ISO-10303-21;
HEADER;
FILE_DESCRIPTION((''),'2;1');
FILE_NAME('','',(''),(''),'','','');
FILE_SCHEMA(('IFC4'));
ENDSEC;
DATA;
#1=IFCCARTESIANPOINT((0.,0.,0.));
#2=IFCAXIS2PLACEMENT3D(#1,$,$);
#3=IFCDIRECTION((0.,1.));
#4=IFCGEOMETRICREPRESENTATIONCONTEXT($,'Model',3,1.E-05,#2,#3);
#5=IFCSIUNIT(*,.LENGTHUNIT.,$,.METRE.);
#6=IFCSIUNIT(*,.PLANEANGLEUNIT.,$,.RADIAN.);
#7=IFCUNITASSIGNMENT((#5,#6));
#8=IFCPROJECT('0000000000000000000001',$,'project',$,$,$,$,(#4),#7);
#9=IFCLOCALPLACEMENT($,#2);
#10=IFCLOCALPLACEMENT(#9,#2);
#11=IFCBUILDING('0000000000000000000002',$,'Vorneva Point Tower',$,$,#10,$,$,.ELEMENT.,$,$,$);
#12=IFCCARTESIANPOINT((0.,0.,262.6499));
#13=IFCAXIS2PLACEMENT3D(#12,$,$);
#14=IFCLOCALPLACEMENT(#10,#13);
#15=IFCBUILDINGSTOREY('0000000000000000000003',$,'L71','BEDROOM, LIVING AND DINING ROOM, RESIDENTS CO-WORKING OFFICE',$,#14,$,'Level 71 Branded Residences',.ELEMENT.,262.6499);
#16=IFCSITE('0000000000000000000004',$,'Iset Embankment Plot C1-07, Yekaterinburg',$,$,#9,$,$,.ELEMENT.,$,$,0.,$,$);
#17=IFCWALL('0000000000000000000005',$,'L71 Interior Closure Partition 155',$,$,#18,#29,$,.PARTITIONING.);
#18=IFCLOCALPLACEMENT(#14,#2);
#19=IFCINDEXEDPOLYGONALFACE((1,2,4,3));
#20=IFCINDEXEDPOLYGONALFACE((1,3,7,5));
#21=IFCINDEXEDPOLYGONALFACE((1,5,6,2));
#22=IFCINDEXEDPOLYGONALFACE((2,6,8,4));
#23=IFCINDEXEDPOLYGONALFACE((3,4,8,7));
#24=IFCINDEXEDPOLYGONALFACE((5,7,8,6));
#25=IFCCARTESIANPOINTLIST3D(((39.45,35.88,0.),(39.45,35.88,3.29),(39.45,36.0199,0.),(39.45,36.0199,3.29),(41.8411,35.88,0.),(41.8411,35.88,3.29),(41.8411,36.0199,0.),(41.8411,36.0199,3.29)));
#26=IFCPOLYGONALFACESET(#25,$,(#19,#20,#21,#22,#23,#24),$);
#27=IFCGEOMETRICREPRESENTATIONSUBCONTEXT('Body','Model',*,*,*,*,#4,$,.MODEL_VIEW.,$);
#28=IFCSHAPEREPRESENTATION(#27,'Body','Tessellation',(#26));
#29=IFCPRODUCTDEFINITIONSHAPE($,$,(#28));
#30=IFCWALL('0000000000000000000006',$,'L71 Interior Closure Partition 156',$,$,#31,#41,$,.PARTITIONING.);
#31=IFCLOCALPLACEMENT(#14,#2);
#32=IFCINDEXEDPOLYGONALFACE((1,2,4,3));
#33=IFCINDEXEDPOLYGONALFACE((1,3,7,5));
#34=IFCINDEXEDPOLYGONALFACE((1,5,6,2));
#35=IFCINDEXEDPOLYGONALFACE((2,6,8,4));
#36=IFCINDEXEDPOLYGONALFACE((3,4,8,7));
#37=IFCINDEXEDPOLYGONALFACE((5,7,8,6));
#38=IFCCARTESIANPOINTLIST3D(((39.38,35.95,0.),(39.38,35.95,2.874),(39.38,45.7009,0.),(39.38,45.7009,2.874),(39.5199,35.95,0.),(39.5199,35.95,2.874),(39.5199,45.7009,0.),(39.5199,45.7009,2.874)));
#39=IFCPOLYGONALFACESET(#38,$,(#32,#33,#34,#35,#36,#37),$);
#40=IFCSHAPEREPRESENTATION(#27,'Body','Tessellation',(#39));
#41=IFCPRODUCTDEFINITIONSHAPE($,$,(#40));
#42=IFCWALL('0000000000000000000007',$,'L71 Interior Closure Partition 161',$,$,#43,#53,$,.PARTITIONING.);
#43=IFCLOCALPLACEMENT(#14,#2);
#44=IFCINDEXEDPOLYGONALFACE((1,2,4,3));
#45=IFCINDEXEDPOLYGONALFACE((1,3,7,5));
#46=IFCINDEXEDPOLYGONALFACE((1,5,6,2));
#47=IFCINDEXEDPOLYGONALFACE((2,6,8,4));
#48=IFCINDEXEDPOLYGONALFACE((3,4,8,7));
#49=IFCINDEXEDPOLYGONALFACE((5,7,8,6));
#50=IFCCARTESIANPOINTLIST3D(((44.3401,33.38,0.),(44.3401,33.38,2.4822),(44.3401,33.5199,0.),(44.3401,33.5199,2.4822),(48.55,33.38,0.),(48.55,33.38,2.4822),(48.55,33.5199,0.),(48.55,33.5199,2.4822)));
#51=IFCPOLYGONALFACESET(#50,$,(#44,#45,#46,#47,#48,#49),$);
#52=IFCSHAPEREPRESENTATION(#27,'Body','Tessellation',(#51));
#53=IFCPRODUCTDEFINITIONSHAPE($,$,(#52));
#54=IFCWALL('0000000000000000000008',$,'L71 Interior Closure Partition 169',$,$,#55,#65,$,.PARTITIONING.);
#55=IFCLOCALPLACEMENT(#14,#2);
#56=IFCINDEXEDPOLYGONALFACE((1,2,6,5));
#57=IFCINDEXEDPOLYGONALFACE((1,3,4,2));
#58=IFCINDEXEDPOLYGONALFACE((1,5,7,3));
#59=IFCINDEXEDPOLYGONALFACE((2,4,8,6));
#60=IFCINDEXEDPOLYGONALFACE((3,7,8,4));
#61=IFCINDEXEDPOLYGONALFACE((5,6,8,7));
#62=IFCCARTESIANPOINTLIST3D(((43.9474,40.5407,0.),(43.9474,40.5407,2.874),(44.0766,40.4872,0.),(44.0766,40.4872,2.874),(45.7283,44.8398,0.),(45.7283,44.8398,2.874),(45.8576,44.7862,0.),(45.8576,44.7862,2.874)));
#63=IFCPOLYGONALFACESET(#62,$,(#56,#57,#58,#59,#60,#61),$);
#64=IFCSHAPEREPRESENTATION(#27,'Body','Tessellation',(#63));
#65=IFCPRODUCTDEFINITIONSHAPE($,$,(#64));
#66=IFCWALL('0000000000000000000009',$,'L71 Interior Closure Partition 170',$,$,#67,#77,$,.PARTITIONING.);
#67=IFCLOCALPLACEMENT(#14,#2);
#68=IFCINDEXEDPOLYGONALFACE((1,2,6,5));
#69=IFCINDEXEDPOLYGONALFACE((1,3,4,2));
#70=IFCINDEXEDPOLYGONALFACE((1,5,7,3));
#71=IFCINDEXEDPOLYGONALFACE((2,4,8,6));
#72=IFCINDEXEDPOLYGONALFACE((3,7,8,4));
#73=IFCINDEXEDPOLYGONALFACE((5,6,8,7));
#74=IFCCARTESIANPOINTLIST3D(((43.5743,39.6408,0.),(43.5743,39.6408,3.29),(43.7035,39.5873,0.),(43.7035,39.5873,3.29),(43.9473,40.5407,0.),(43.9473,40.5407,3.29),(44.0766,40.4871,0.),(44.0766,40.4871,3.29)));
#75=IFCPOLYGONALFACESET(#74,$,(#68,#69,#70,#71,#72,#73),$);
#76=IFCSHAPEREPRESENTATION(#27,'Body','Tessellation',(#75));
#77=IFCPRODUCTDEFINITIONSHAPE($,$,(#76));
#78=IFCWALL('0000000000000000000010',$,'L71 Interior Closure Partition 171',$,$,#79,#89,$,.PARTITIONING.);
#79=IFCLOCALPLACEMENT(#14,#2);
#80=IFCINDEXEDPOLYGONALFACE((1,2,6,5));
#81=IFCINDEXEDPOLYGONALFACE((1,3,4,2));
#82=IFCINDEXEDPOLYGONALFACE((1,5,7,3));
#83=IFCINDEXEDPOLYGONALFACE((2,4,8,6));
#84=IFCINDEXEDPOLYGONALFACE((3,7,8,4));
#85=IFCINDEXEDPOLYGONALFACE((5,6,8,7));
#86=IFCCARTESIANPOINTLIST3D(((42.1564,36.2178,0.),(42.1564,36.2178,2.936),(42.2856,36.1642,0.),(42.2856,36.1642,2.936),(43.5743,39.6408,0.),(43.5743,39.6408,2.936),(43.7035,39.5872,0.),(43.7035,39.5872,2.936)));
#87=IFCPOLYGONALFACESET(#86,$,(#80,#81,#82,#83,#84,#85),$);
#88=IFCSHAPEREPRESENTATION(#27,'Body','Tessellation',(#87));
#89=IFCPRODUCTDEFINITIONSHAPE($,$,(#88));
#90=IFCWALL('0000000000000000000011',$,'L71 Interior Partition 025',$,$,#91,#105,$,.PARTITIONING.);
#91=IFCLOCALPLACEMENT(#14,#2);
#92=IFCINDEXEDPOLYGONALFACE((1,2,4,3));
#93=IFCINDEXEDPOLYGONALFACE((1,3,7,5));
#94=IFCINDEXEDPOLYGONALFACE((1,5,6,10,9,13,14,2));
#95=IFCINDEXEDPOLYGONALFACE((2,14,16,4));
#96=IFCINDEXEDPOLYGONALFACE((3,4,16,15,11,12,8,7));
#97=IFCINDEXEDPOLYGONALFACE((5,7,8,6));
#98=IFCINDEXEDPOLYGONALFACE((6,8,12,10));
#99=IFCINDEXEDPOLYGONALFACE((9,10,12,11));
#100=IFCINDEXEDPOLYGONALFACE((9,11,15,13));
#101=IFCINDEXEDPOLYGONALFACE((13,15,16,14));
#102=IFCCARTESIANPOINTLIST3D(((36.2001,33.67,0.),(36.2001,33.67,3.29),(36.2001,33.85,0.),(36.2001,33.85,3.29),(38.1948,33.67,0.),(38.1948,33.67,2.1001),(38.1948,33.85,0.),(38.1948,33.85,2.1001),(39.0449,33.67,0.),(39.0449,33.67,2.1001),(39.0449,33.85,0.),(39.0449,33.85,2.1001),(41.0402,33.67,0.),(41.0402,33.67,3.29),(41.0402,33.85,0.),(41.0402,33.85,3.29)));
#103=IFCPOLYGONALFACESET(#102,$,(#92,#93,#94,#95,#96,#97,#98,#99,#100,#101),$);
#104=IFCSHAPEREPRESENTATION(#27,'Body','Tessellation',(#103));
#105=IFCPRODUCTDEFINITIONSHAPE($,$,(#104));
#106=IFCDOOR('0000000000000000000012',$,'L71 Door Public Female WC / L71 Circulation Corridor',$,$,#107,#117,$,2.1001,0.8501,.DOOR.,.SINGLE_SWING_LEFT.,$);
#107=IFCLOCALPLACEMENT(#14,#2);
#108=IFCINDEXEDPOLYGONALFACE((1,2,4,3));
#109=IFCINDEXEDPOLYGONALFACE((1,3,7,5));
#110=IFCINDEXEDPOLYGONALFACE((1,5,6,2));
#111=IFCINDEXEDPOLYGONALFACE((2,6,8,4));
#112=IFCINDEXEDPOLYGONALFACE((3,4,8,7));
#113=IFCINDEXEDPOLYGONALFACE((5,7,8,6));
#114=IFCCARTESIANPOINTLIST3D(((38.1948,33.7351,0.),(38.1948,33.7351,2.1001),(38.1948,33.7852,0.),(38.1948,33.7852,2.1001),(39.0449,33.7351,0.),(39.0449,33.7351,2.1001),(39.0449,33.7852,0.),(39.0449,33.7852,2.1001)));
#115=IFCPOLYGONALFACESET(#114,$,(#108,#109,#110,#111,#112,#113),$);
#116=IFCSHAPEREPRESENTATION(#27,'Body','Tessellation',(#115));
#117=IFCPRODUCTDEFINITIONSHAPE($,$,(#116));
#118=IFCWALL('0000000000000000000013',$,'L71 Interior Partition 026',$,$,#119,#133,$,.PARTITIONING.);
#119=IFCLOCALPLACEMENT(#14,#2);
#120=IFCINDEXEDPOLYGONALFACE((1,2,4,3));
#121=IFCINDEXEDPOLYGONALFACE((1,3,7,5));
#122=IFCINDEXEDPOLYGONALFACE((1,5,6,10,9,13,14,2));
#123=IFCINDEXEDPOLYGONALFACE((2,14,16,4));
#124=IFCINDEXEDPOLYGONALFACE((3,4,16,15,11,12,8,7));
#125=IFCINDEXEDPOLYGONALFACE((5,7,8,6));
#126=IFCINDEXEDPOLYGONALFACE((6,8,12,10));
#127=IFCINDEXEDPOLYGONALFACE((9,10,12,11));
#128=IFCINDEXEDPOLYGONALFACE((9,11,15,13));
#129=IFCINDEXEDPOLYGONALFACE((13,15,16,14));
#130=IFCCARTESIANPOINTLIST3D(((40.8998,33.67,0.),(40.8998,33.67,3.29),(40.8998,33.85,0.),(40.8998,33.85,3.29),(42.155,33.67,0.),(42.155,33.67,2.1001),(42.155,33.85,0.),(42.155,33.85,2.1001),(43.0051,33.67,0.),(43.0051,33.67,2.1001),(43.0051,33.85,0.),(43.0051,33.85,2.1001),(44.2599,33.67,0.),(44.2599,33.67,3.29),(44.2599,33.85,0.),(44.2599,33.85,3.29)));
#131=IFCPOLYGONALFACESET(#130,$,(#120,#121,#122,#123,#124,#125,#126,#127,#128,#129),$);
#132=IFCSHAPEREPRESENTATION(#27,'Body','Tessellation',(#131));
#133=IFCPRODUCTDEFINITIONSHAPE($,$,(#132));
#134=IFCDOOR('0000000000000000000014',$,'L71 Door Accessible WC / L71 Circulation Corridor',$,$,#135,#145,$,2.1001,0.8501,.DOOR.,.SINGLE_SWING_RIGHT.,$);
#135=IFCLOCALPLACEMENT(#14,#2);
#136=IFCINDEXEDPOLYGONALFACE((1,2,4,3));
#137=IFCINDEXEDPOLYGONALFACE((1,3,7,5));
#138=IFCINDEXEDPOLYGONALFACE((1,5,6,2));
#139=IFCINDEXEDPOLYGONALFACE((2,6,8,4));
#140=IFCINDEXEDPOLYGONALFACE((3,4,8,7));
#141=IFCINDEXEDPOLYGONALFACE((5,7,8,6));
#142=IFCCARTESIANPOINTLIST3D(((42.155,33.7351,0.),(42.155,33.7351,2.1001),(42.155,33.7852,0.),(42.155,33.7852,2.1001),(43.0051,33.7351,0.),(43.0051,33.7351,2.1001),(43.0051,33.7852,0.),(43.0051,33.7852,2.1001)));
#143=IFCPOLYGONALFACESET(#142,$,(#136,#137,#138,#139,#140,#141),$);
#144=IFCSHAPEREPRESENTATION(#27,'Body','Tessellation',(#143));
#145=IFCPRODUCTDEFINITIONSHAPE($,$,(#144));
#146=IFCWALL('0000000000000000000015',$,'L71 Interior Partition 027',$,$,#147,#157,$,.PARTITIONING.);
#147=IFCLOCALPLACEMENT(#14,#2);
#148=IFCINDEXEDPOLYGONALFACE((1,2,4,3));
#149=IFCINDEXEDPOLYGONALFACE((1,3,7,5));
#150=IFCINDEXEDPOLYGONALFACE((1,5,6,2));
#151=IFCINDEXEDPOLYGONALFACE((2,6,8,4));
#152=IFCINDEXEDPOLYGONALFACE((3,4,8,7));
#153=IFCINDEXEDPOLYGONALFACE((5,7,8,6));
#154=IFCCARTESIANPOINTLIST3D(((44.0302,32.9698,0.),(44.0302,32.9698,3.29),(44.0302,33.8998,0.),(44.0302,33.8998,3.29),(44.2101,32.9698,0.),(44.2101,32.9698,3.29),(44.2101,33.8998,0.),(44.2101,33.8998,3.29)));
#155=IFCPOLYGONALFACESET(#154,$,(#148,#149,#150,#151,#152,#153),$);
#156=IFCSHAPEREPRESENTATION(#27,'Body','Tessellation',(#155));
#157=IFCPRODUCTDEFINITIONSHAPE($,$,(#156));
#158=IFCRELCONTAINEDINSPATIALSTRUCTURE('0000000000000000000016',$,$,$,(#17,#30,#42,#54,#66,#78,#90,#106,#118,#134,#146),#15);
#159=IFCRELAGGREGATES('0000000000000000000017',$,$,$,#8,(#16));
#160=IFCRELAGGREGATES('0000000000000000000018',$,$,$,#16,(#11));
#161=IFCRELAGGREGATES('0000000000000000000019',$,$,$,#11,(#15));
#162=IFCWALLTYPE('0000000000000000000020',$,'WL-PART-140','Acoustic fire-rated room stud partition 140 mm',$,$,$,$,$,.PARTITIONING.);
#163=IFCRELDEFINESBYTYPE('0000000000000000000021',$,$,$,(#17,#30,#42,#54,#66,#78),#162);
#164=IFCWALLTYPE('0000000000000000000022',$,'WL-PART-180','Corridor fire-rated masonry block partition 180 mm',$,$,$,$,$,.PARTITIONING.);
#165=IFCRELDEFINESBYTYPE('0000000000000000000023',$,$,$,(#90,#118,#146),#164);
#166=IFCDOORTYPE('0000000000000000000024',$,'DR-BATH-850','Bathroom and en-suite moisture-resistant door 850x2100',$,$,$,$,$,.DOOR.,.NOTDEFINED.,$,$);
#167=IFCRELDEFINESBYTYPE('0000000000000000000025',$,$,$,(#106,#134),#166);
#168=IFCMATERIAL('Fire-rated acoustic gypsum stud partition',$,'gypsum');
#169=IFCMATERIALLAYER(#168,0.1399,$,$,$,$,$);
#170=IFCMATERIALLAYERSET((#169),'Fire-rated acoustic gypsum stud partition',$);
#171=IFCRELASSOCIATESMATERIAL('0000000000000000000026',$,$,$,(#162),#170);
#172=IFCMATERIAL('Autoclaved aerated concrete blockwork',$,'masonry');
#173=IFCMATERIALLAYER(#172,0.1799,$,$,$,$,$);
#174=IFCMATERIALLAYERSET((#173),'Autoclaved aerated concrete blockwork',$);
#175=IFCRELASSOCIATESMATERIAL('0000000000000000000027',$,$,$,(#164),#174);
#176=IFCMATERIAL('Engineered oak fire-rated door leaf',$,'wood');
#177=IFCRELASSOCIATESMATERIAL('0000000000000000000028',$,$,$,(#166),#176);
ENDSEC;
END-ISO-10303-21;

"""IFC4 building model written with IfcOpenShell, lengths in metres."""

from ifc_helpers import new_model, si_unit, direction, frame, frame_2d, origin, place, context, subcontext, project, spatial, rectangle, extrude, material, layer, layer_set, type_object, element, fill, save


model = new_model("IFC4")

# Units and contexts
model_context = context("Model", 3, precision=1e-05, world=origin(), true_north=direction((0.0, 1.0)))
body_context = subcontext(model_context, "Body", "Model", "MODEL_VIEW")
ifc_project = project(units=[si_unit("LENGTHUNIT", "METRE"), si_unit("PLANEANGLEUNIT", "RADIAN")], contexts=[model_context])

# Site, building, storey
site_placement = place(None, origin())
site = spatial("IfcSite", under=ifc_project, at=site_placement, Name="Iset Embankment Plot C1-07, Yekaterinburg", CompositionType="ELEMENT", RefElevation=0.0)
building_placement = place(site_placement, origin())
building = spatial("IfcBuilding", under=site, at=building_placement, Name="Vorneva Point Tower", CompositionType="ELEMENT")
storey_placement = place(building_placement, frame((0.0, 0.0, 262.6499)))
storey = spatial("IfcBuildingStorey", under=building, at=storey_placement, Name="L71", Description="BEDROOM, LIVING AND DINING ROOM, RESIDENTS CO-WORKING OFFICE", LongName="Level 71 Branded Residences", CompositionType="ELEMENT", Elevation=262.6499)

# Walls
ifc_material_1 = material(Name="Fire-rated acoustic gypsum stud partition", Category="gypsum")
ifc_layer_1 = layer(ifc_material_1, 0.1399)
ifc_layer_set_1 = layer_set([ifc_layer_1], Name="Fire-rated acoustic gypsum stud partition")
wall_type_1 = type_object("IfcWallType", Name="WL-PART-140", Description="Acoustic fire-rated room stud partition 140 mm", PredefinedType="PARTITIONING", material=ifc_layer_set_1)
wall_1_placement = place(storey_placement, frame((41.8411, 35.95, 0.0), z_axis=(0.0, 0.0, 1.0), x_axis=(-1.0, 0.0, 0.0)))
element("IfcWall", 1, at=wall_1_placement, inside=storey, type_object=wall_type_1, Name="L71 Interior Closure Partition 155", PredefinedType="PARTITIONING", context=body_context, shape_type="SweptSolid", body=[
    extrude(rectangle(XDim=2.3911, YDim=0.1399, at=frame_2d((1.1956, 0.0))), origin(), (0.0, 0.0, 1.0), 3.29),
])
wall_2_placement = place(storey_placement, frame((39.45, 35.95, 0.0), z_axis=(0.0, 0.0, 1.0), x_axis=(0.0, 1.0, 0.0)))
element("IfcWall", 2, at=wall_2_placement, inside=storey, type_object=wall_type_1, Name="L71 Interior Closure Partition 156", PredefinedType="PARTITIONING", context=body_context, shape_type="SweptSolid", body=[
    extrude(rectangle(XDim=9.751, YDim=0.1399, at=frame_2d((4.8755, 0.0))), origin(), (0.0, 0.0, 1.0), 2.874),
])
wall_3_placement = place(storey_placement, frame((48.55, 33.45, 0.0), z_axis=(0.0, 0.0, 1.0), x_axis=(-1.0, 0.0, 0.0)))
element("IfcWall", 3, at=wall_3_placement, inside=storey, type_object=wall_type_1, Name="L71 Interior Closure Partition 161", PredefinedType="PARTITIONING", context=body_context, shape_type="SweptSolid", body=[
    extrude(rectangle(XDim=4.21, YDim=0.1399, at=frame_2d((2.105, 0.0))), origin(), (0.0, 0.0, 1.0), 2.4822),
])
wall_4_placement = place(storey_placement, frame((45.793, 44.813, 0.0), z_axis=(0.0, 0.0, 1.0), x_axis=(-0.382733, -0.923859, 0.0)))
element("IfcWall", 4, at=wall_4_placement, inside=storey, type_object=wall_type_1, Name="L71 Interior Closure Partition 169", PredefinedType="PARTITIONING", context=body_context, shape_type="SweptSolid", body=[
    extrude(rectangle(XDim=4.6533, YDim=0.1399, at=frame_2d((2.3267, 0.0))), origin(), (0.0, 0.0, 1.0), 2.874),
])
wall_5_placement = place(storey_placement, frame((44.012, 40.5139, 0.0), z_axis=(0.0, 0.0, 1.0), x_axis=(-0.382942, -0.923772, 0.0)))
element("IfcWall", 5, at=wall_5_placement, inside=storey, type_object=wall_type_1, Name="L71 Interior Closure Partition 170", PredefinedType="PARTITIONING", context=body_context, shape_type="SweptSolid", body=[
    extrude(rectangle(XDim=0.9741, YDim=0.1399, at=frame_2d((0.4871, 0.0))), origin(), (0.0, 0.0, 1.0), 3.29),
])
wall_6_placement = place(storey_placement, frame((43.6389, 39.614, 0.0), z_axis=(0.0, 0.0, 1.0), x_axis=(-0.382701, -0.923872, 0.0)))
element("IfcWall", 6, at=wall_6_placement, inside=storey, type_object=wall_type_1, Name="L71 Interior Closure Partition 171", PredefinedType="PARTITIONING", context=body_context, shape_type="SweptSolid", body=[
    extrude(rectangle(XDim=3.7051, YDim=0.1399, at=frame_2d((1.8525, 0.0))), origin(), (0.0, 0.0, 1.0), 2.936),
])

# Walls, openings, doors
ifc_material_2 = material(Name="Autoclaved aerated concrete blockwork", Category="masonry")
ifc_layer_2 = layer(ifc_material_2, 0.1799)
ifc_layer_set_2 = layer_set([ifc_layer_2], Name="Autoclaved aerated concrete blockwork")
wall_type_2 = type_object("IfcWallType", Name="WL-PART-180", Description="Corridor fire-rated masonry block partition 180 mm", PredefinedType="PARTITIONING", material=ifc_layer_set_2)
wall_7_placement = place(storey_placement, frame((41.04, 33.76, 0.0), z_axis=(0.0, 0.0, 1.0), x_axis=(-1.0, 0.0, 0.0)))
wall_7 = element("IfcWall", 7, at=wall_7_placement, inside=storey, type_object=wall_type_2, Name="L71 Interior Partition 025", PredefinedType="PARTITIONING", context=body_context, shape_type="SweptSolid", body=[
    extrude(rectangle(XDim=4.8401, YDim=0.1799, at=frame_2d((2.4199, 0.0))), origin(), (0.0, 0.0, 1.0), 3.29),
])
opening_1_placement = place(wall_7_placement, frame((1.9951, 0.0, 0.0)))
opening_1 = element("IfcOpeningElement", 8, at=opening_1_placement, cuts=wall_7, PredefinedType="OPENING", context=body_context, shape_type="SweptSolid", body=[
    extrude(rectangle(XDim=0.8501, YDim=2.1001, at=frame_2d((0.425, 1.05))), frame((0.0, 0.105, 0.0), z_axis=(0.0, -1.0, 0.0), x_axis=(1.0, 0.0, 0.0)), (0.0, 0.0, 1.0), 0.2097),
])
ifc_material_3 = material(Name="Engineered oak fire-rated door leaf", Category="wood")
door_type = type_object("IfcDoorType", Name="DR-BATH-850", Description="Bathroom and en-suite moisture-resistant door 850x2100", OperationType="NOTDEFINED", PredefinedType="DOOR", material=ifc_material_3)
door_1_placement = place(opening_1_placement, origin())
door_1 = element("IfcDoor", 9, at=door_1_placement, inside=storey, type_object=door_type, Name="L71 Door Public Female WC / L71 Circulation Corridor", OperationType="SINGLE_SWING_LEFT", OverallHeight=2.1001, OverallWidth=0.8501, PredefinedType="DOOR", context=body_context, shape_type="SweptSolid", body=[
    extrude(rectangle(XDim=0.8501, YDim=2.1001, at=frame_2d((0.425, 1.05))), frame((0.0, 0.0249, 0.0), z_axis=(0.0, -1.0, 0.0), x_axis=(1.0, 0.0, 0.0)), (0.0, 0.0, 1.0), 0.05),
])
fill(opening_1, door_1)
wall_8_placement = place(storey_placement, frame((44.26, 33.76, 0.0), z_axis=(0.0, 0.0, 1.0), x_axis=(-1.0, 0.0, 0.0)))
wall_8 = element("IfcWall", 10, at=wall_8_placement, inside=storey, type_object=wall_type_2, Name="L71 Interior Partition 026", PredefinedType="PARTITIONING", context=body_context, shape_type="SweptSolid", body=[
    extrude(rectangle(XDim=3.3601, YDim=0.1799, at=frame_2d((1.6802, 0.0))), origin(), (0.0, 0.0, 1.0), 3.29),
])
opening_2_placement = place(wall_8_placement, frame((1.2549, 0.0, 0.0)))
opening_2 = element("IfcOpeningElement", 11, at=opening_2_placement, cuts=wall_8, PredefinedType="OPENING", context=body_context, shape_type="SweptSolid", body=[
    extrude(rectangle(XDim=0.8501, YDim=2.1001, at=frame_2d((0.425, 1.05))), frame((0.0, 0.105, 0.0), z_axis=(0.0, -1.0, 0.0), x_axis=(1.0, 0.0, 0.0)), (0.0, 0.0, 1.0), 0.2097),
])
door_2_placement = place(opening_2_placement, origin())
door_2 = element("IfcDoor", 12, at=door_2_placement, inside=storey, type_object=door_type, Name="L71 Door Accessible WC / L71 Circulation Corridor", OperationType="SINGLE_SWING_RIGHT", OverallHeight=2.1001, OverallWidth=0.8501, PredefinedType="DOOR", context=body_context, shape_type="SweptSolid", body=[
    extrude(rectangle(XDim=0.8501, YDim=2.1001, at=frame_2d((0.425, 1.05))), frame((0.0, 0.0249, 0.0), z_axis=(0.0, -1.0, 0.0), x_axis=(1.0, 0.0, 0.0)), (0.0, 0.0, 1.0), 0.05),
])
fill(opening_2, door_2)

# Wall
wall_9_placement = place(storey_placement, frame((44.1201, 32.97, 0.0), z_axis=(0.0, 0.0, 1.0), x_axis=(0.0, 1.0, 0.0)))
element("IfcWall", 13, at=wall_9_placement, inside=storey, type_object=wall_type_2, Name="L71 Interior Partition 027", PredefinedType="PARTITIONING", context=body_context, shape_type="SweptSolid", body=[
    extrude(rectangle(XDim=0.9299, YDim=0.1799, at=frame_2d((0.4648, 0.0))), origin(), (0.0, 0.0, 1.0), 3.29),
])

save(model, "model.ifc")
